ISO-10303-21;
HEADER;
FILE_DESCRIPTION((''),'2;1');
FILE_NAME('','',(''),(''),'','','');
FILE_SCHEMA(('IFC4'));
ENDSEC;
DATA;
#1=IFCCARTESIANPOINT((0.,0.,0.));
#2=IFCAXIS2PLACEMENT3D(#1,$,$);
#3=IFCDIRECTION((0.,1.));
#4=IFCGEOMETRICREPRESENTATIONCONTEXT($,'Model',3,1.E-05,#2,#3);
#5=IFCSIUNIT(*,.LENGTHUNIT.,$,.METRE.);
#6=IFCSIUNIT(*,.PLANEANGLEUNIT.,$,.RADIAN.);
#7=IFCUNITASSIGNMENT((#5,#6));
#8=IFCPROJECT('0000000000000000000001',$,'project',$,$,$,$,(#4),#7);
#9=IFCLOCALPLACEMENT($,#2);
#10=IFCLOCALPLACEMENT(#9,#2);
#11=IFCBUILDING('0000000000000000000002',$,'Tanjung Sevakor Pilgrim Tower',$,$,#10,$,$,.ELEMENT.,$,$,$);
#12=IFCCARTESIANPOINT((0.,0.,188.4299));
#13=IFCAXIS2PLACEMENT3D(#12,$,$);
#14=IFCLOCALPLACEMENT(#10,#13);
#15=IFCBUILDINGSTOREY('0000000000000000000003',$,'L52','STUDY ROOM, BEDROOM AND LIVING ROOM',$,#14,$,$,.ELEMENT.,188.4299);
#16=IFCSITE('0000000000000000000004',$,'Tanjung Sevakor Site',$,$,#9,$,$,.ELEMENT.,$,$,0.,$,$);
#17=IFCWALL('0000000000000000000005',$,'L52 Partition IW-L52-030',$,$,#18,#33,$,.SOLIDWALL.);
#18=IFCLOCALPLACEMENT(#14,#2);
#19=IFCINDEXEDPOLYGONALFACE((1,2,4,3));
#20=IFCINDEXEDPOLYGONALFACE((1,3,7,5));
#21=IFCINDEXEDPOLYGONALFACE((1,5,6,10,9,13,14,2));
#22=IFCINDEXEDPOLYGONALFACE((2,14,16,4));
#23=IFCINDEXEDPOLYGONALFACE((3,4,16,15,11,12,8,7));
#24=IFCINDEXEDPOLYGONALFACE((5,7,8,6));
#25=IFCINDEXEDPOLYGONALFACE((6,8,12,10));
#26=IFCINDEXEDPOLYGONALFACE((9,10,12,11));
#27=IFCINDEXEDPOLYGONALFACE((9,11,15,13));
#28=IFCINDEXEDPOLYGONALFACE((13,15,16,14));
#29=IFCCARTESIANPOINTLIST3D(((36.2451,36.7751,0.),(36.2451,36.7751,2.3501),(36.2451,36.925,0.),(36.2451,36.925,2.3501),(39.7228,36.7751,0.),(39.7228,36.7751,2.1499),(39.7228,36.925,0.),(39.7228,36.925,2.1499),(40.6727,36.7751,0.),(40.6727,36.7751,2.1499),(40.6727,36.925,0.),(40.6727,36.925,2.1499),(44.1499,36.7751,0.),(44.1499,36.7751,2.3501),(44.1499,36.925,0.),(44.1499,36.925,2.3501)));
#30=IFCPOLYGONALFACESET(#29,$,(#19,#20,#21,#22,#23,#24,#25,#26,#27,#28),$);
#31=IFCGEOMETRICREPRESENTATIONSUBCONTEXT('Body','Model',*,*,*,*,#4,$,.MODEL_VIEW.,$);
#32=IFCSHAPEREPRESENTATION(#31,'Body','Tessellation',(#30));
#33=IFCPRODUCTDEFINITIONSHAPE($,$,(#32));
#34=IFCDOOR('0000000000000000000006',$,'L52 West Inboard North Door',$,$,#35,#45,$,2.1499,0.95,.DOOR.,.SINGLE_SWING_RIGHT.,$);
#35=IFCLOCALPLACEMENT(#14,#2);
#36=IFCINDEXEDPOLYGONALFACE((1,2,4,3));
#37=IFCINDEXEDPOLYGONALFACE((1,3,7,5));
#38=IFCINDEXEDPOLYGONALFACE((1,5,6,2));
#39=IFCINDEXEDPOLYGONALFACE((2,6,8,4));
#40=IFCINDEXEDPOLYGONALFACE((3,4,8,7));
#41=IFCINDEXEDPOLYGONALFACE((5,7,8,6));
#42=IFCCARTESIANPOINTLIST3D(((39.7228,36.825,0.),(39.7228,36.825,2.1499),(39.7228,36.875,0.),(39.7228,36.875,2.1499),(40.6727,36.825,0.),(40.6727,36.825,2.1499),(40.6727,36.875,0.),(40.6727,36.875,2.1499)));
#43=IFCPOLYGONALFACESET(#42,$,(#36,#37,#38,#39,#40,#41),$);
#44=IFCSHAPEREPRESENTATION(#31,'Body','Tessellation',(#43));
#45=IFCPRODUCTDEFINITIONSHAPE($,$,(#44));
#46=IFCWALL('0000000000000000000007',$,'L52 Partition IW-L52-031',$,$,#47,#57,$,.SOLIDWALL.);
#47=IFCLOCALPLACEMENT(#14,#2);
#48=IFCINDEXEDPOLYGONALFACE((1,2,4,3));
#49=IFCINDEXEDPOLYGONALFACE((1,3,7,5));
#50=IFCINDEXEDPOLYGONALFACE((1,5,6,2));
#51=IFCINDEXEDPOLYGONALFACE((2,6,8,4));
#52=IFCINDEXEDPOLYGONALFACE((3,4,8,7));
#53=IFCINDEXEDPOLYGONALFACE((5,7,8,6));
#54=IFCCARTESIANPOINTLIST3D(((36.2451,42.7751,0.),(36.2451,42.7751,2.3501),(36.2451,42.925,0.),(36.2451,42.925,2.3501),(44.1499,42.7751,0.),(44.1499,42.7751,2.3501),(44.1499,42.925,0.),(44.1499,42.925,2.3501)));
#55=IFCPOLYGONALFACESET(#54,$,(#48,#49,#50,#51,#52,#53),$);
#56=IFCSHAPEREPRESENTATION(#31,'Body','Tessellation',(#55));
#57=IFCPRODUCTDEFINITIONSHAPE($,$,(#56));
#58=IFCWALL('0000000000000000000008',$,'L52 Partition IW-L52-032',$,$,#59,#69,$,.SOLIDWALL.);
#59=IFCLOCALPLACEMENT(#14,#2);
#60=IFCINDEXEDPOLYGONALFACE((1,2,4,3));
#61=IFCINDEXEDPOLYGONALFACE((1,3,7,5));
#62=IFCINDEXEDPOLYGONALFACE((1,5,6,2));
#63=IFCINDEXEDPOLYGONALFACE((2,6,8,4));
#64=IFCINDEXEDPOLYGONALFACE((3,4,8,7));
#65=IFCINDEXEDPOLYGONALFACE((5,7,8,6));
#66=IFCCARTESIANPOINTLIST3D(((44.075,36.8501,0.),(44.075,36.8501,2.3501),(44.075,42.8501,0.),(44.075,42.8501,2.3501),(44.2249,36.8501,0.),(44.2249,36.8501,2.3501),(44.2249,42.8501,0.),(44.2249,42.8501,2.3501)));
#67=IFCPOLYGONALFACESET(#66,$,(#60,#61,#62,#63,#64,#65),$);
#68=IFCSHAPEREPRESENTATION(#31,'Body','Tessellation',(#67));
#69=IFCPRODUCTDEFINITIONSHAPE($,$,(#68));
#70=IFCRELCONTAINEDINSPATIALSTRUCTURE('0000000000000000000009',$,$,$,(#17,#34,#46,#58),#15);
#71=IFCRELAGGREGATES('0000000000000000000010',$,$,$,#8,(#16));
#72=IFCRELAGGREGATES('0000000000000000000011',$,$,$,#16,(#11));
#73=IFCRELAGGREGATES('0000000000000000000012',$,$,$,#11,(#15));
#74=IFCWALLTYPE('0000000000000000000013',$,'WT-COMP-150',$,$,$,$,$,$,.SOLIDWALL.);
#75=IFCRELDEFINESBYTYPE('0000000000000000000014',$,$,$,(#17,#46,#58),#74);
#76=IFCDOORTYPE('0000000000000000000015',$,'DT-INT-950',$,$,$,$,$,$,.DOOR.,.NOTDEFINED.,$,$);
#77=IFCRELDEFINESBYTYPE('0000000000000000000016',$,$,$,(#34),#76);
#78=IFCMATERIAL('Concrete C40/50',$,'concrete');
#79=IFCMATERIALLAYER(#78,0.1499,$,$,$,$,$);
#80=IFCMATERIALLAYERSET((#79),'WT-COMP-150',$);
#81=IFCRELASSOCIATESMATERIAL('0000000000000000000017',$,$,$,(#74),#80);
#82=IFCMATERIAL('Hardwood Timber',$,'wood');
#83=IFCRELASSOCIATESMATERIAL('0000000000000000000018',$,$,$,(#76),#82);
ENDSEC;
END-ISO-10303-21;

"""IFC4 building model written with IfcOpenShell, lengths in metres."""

from ifc_helpers import new_model, si_unit, direction, frame, frame_2d, origin, place, context, subcontext, project, spatial, rectangle, extrude, material, layer, layer_set, type_object, element, fill, save


model = new_model("IFC4")

# Units and contexts
model_context = context("Model", 3, precision=1e-05, world=origin(), true_north=direction((0.0, 1.0)))
body_context = subcontext(model_context, "Body", "Model", "MODEL_VIEW")
ifc_project = project(units=[si_unit("LENGTHUNIT", "METRE"), si_unit("PLANEANGLEUNIT", "RADIAN")], contexts=[model_context])

# Site, building, storey
site_placement = place(None, origin())
site = spatial("IfcSite", under=ifc_project, at=site_placement, Name="Tanjung Sevakor Site", CompositionType="ELEMENT", RefElevation=0.0)
building_placement = place(site_placement, origin())
building = spatial("IfcBuilding", under=site, at=building_placement, Name="Tanjung Sevakor Pilgrim Tower", CompositionType="ELEMENT")
storey_placement = place(building_placement, frame((0.0, 0.0, 188.4299)))
storey = spatial("IfcBuildingStorey", under=building, at=storey_placement, Name="L52", Description="STUDY ROOM, BEDROOM AND LIVING ROOM", CompositionType="ELEMENT", Elevation=188.4299)

# Wall, opening, door
ifc_material_1 = material(Name="Concrete C40/50", Category="concrete")
ifc_layer = layer(ifc_material_1, 0.1499)
ifc_layer_set = layer_set([ifc_layer], Name="WT-COMP-150")
wall_type = type_object("IfcWallType", Name="WT-COMP-150", PredefinedType="SOLIDWALL", material=ifc_layer_set)
ifc_material_2 = material(Name="Hardwood Timber", Category="wood")
door_type = type_object("IfcDoorType", Name="DT-INT-950", OperationType="NOTDEFINED", PredefinedType="DOOR", material=ifc_material_2)
wall_1_placement = place(storey_placement, frame((36.2451, 36.8501, 0.0), z_axis=(0.0, 0.0, 1.0), x_axis=(1.0, 0.0, 0.0)))
wall_1 = element("IfcWall", 1, at=wall_1_placement, inside=storey, type_object=wall_type, Name="L52 Partition IW-L52-030", PredefinedType="SOLIDWALL", context=body_context, shape_type="SweptSolid", body=[
    extrude(rectangle(XDim=7.9048, YDim=0.1499, at=frame_2d((3.9524, 0.0))), origin(), (0.0, 0.0, 1.0), 2.3501),
])
opening_1_placement = place(wall_1_placement, frame((3.4775, 0.0, 0.0)))
opening_1 = element("IfcOpeningElement", 2, at=opening_1_placement, cuts=wall_1, PredefinedType="OPENING", context=body_context, shape_type="SweptSolid", body=[
    extrude(rectangle(XDim=0.95, YDim=2.1499, at=frame_2d((0.4751, 1.075))), frame((0.0, 0.085, 0.0), z_axis=(0.0, -1.0, 0.0), x_axis=(1.0, 0.0, 0.0)), (0.0, 0.0, 1.0), 0.1699),
])
door_1_placement = place(opening_1_placement, origin())
door_1 = element("IfcDoor", 3, at=door_1_placement, inside=storey, type_object=door_type, Name="L52 West Inboard North Door", OperationType="SINGLE_SWING_RIGHT", OverallHeight=2.1499, OverallWidth=0.95, PredefinedType="DOOR", context=body_context, shape_type="SweptSolid", body=[
    extrude(rectangle(XDim=0.95, YDim=2.1499, at=frame_2d((0.4751, 1.075))), frame((0.0, 0.0249, 0.0), z_axis=(0.0, -1.0, 0.0), x_axis=(1.0, 0.0, 0.0)), (0.0, 0.0, 1.0), 0.05),
])
fill(opening_1, door_1)

# Walls
wall_2_placement = place(storey_placement, frame((36.2451, 42.8501, 0.0), z_axis=(0.0, 0.0, 1.0), x_axis=(1.0, 0.0, 0.0)))
element("IfcWall", 4, at=wall_2_placement, inside=storey, type_object=wall_type, Name="L52 Partition IW-L52-031", PredefinedType="SOLIDWALL", context=body_context, shape_type="SweptSolid", body=[
    extrude(rectangle(XDim=7.9048, YDim=0.1499, at=frame_2d((3.9524, 0.0))), origin(), (0.0, 0.0, 1.0), 2.3501),
])
wall_3_placement = place(storey_placement, frame((44.1499, 36.8501, 0.0), z_axis=(0.0, 0.0, 1.0), x_axis=(0.0, 1.0, 0.0)))
element("IfcWall", 5, at=wall_3_placement, inside=storey, type_object=wall_type, Name="L52 Partition IW-L52-032", PredefinedType="SOLIDWALL", context=body_context, shape_type="SweptSolid", body=[
    extrude(rectangle(XDim=6.0, YDim=0.1499, at=frame_2d((3.0, 0.0))), origin(), (0.0, 0.0, 1.0), 2.3501),
])

save(model, "model.ifc")
